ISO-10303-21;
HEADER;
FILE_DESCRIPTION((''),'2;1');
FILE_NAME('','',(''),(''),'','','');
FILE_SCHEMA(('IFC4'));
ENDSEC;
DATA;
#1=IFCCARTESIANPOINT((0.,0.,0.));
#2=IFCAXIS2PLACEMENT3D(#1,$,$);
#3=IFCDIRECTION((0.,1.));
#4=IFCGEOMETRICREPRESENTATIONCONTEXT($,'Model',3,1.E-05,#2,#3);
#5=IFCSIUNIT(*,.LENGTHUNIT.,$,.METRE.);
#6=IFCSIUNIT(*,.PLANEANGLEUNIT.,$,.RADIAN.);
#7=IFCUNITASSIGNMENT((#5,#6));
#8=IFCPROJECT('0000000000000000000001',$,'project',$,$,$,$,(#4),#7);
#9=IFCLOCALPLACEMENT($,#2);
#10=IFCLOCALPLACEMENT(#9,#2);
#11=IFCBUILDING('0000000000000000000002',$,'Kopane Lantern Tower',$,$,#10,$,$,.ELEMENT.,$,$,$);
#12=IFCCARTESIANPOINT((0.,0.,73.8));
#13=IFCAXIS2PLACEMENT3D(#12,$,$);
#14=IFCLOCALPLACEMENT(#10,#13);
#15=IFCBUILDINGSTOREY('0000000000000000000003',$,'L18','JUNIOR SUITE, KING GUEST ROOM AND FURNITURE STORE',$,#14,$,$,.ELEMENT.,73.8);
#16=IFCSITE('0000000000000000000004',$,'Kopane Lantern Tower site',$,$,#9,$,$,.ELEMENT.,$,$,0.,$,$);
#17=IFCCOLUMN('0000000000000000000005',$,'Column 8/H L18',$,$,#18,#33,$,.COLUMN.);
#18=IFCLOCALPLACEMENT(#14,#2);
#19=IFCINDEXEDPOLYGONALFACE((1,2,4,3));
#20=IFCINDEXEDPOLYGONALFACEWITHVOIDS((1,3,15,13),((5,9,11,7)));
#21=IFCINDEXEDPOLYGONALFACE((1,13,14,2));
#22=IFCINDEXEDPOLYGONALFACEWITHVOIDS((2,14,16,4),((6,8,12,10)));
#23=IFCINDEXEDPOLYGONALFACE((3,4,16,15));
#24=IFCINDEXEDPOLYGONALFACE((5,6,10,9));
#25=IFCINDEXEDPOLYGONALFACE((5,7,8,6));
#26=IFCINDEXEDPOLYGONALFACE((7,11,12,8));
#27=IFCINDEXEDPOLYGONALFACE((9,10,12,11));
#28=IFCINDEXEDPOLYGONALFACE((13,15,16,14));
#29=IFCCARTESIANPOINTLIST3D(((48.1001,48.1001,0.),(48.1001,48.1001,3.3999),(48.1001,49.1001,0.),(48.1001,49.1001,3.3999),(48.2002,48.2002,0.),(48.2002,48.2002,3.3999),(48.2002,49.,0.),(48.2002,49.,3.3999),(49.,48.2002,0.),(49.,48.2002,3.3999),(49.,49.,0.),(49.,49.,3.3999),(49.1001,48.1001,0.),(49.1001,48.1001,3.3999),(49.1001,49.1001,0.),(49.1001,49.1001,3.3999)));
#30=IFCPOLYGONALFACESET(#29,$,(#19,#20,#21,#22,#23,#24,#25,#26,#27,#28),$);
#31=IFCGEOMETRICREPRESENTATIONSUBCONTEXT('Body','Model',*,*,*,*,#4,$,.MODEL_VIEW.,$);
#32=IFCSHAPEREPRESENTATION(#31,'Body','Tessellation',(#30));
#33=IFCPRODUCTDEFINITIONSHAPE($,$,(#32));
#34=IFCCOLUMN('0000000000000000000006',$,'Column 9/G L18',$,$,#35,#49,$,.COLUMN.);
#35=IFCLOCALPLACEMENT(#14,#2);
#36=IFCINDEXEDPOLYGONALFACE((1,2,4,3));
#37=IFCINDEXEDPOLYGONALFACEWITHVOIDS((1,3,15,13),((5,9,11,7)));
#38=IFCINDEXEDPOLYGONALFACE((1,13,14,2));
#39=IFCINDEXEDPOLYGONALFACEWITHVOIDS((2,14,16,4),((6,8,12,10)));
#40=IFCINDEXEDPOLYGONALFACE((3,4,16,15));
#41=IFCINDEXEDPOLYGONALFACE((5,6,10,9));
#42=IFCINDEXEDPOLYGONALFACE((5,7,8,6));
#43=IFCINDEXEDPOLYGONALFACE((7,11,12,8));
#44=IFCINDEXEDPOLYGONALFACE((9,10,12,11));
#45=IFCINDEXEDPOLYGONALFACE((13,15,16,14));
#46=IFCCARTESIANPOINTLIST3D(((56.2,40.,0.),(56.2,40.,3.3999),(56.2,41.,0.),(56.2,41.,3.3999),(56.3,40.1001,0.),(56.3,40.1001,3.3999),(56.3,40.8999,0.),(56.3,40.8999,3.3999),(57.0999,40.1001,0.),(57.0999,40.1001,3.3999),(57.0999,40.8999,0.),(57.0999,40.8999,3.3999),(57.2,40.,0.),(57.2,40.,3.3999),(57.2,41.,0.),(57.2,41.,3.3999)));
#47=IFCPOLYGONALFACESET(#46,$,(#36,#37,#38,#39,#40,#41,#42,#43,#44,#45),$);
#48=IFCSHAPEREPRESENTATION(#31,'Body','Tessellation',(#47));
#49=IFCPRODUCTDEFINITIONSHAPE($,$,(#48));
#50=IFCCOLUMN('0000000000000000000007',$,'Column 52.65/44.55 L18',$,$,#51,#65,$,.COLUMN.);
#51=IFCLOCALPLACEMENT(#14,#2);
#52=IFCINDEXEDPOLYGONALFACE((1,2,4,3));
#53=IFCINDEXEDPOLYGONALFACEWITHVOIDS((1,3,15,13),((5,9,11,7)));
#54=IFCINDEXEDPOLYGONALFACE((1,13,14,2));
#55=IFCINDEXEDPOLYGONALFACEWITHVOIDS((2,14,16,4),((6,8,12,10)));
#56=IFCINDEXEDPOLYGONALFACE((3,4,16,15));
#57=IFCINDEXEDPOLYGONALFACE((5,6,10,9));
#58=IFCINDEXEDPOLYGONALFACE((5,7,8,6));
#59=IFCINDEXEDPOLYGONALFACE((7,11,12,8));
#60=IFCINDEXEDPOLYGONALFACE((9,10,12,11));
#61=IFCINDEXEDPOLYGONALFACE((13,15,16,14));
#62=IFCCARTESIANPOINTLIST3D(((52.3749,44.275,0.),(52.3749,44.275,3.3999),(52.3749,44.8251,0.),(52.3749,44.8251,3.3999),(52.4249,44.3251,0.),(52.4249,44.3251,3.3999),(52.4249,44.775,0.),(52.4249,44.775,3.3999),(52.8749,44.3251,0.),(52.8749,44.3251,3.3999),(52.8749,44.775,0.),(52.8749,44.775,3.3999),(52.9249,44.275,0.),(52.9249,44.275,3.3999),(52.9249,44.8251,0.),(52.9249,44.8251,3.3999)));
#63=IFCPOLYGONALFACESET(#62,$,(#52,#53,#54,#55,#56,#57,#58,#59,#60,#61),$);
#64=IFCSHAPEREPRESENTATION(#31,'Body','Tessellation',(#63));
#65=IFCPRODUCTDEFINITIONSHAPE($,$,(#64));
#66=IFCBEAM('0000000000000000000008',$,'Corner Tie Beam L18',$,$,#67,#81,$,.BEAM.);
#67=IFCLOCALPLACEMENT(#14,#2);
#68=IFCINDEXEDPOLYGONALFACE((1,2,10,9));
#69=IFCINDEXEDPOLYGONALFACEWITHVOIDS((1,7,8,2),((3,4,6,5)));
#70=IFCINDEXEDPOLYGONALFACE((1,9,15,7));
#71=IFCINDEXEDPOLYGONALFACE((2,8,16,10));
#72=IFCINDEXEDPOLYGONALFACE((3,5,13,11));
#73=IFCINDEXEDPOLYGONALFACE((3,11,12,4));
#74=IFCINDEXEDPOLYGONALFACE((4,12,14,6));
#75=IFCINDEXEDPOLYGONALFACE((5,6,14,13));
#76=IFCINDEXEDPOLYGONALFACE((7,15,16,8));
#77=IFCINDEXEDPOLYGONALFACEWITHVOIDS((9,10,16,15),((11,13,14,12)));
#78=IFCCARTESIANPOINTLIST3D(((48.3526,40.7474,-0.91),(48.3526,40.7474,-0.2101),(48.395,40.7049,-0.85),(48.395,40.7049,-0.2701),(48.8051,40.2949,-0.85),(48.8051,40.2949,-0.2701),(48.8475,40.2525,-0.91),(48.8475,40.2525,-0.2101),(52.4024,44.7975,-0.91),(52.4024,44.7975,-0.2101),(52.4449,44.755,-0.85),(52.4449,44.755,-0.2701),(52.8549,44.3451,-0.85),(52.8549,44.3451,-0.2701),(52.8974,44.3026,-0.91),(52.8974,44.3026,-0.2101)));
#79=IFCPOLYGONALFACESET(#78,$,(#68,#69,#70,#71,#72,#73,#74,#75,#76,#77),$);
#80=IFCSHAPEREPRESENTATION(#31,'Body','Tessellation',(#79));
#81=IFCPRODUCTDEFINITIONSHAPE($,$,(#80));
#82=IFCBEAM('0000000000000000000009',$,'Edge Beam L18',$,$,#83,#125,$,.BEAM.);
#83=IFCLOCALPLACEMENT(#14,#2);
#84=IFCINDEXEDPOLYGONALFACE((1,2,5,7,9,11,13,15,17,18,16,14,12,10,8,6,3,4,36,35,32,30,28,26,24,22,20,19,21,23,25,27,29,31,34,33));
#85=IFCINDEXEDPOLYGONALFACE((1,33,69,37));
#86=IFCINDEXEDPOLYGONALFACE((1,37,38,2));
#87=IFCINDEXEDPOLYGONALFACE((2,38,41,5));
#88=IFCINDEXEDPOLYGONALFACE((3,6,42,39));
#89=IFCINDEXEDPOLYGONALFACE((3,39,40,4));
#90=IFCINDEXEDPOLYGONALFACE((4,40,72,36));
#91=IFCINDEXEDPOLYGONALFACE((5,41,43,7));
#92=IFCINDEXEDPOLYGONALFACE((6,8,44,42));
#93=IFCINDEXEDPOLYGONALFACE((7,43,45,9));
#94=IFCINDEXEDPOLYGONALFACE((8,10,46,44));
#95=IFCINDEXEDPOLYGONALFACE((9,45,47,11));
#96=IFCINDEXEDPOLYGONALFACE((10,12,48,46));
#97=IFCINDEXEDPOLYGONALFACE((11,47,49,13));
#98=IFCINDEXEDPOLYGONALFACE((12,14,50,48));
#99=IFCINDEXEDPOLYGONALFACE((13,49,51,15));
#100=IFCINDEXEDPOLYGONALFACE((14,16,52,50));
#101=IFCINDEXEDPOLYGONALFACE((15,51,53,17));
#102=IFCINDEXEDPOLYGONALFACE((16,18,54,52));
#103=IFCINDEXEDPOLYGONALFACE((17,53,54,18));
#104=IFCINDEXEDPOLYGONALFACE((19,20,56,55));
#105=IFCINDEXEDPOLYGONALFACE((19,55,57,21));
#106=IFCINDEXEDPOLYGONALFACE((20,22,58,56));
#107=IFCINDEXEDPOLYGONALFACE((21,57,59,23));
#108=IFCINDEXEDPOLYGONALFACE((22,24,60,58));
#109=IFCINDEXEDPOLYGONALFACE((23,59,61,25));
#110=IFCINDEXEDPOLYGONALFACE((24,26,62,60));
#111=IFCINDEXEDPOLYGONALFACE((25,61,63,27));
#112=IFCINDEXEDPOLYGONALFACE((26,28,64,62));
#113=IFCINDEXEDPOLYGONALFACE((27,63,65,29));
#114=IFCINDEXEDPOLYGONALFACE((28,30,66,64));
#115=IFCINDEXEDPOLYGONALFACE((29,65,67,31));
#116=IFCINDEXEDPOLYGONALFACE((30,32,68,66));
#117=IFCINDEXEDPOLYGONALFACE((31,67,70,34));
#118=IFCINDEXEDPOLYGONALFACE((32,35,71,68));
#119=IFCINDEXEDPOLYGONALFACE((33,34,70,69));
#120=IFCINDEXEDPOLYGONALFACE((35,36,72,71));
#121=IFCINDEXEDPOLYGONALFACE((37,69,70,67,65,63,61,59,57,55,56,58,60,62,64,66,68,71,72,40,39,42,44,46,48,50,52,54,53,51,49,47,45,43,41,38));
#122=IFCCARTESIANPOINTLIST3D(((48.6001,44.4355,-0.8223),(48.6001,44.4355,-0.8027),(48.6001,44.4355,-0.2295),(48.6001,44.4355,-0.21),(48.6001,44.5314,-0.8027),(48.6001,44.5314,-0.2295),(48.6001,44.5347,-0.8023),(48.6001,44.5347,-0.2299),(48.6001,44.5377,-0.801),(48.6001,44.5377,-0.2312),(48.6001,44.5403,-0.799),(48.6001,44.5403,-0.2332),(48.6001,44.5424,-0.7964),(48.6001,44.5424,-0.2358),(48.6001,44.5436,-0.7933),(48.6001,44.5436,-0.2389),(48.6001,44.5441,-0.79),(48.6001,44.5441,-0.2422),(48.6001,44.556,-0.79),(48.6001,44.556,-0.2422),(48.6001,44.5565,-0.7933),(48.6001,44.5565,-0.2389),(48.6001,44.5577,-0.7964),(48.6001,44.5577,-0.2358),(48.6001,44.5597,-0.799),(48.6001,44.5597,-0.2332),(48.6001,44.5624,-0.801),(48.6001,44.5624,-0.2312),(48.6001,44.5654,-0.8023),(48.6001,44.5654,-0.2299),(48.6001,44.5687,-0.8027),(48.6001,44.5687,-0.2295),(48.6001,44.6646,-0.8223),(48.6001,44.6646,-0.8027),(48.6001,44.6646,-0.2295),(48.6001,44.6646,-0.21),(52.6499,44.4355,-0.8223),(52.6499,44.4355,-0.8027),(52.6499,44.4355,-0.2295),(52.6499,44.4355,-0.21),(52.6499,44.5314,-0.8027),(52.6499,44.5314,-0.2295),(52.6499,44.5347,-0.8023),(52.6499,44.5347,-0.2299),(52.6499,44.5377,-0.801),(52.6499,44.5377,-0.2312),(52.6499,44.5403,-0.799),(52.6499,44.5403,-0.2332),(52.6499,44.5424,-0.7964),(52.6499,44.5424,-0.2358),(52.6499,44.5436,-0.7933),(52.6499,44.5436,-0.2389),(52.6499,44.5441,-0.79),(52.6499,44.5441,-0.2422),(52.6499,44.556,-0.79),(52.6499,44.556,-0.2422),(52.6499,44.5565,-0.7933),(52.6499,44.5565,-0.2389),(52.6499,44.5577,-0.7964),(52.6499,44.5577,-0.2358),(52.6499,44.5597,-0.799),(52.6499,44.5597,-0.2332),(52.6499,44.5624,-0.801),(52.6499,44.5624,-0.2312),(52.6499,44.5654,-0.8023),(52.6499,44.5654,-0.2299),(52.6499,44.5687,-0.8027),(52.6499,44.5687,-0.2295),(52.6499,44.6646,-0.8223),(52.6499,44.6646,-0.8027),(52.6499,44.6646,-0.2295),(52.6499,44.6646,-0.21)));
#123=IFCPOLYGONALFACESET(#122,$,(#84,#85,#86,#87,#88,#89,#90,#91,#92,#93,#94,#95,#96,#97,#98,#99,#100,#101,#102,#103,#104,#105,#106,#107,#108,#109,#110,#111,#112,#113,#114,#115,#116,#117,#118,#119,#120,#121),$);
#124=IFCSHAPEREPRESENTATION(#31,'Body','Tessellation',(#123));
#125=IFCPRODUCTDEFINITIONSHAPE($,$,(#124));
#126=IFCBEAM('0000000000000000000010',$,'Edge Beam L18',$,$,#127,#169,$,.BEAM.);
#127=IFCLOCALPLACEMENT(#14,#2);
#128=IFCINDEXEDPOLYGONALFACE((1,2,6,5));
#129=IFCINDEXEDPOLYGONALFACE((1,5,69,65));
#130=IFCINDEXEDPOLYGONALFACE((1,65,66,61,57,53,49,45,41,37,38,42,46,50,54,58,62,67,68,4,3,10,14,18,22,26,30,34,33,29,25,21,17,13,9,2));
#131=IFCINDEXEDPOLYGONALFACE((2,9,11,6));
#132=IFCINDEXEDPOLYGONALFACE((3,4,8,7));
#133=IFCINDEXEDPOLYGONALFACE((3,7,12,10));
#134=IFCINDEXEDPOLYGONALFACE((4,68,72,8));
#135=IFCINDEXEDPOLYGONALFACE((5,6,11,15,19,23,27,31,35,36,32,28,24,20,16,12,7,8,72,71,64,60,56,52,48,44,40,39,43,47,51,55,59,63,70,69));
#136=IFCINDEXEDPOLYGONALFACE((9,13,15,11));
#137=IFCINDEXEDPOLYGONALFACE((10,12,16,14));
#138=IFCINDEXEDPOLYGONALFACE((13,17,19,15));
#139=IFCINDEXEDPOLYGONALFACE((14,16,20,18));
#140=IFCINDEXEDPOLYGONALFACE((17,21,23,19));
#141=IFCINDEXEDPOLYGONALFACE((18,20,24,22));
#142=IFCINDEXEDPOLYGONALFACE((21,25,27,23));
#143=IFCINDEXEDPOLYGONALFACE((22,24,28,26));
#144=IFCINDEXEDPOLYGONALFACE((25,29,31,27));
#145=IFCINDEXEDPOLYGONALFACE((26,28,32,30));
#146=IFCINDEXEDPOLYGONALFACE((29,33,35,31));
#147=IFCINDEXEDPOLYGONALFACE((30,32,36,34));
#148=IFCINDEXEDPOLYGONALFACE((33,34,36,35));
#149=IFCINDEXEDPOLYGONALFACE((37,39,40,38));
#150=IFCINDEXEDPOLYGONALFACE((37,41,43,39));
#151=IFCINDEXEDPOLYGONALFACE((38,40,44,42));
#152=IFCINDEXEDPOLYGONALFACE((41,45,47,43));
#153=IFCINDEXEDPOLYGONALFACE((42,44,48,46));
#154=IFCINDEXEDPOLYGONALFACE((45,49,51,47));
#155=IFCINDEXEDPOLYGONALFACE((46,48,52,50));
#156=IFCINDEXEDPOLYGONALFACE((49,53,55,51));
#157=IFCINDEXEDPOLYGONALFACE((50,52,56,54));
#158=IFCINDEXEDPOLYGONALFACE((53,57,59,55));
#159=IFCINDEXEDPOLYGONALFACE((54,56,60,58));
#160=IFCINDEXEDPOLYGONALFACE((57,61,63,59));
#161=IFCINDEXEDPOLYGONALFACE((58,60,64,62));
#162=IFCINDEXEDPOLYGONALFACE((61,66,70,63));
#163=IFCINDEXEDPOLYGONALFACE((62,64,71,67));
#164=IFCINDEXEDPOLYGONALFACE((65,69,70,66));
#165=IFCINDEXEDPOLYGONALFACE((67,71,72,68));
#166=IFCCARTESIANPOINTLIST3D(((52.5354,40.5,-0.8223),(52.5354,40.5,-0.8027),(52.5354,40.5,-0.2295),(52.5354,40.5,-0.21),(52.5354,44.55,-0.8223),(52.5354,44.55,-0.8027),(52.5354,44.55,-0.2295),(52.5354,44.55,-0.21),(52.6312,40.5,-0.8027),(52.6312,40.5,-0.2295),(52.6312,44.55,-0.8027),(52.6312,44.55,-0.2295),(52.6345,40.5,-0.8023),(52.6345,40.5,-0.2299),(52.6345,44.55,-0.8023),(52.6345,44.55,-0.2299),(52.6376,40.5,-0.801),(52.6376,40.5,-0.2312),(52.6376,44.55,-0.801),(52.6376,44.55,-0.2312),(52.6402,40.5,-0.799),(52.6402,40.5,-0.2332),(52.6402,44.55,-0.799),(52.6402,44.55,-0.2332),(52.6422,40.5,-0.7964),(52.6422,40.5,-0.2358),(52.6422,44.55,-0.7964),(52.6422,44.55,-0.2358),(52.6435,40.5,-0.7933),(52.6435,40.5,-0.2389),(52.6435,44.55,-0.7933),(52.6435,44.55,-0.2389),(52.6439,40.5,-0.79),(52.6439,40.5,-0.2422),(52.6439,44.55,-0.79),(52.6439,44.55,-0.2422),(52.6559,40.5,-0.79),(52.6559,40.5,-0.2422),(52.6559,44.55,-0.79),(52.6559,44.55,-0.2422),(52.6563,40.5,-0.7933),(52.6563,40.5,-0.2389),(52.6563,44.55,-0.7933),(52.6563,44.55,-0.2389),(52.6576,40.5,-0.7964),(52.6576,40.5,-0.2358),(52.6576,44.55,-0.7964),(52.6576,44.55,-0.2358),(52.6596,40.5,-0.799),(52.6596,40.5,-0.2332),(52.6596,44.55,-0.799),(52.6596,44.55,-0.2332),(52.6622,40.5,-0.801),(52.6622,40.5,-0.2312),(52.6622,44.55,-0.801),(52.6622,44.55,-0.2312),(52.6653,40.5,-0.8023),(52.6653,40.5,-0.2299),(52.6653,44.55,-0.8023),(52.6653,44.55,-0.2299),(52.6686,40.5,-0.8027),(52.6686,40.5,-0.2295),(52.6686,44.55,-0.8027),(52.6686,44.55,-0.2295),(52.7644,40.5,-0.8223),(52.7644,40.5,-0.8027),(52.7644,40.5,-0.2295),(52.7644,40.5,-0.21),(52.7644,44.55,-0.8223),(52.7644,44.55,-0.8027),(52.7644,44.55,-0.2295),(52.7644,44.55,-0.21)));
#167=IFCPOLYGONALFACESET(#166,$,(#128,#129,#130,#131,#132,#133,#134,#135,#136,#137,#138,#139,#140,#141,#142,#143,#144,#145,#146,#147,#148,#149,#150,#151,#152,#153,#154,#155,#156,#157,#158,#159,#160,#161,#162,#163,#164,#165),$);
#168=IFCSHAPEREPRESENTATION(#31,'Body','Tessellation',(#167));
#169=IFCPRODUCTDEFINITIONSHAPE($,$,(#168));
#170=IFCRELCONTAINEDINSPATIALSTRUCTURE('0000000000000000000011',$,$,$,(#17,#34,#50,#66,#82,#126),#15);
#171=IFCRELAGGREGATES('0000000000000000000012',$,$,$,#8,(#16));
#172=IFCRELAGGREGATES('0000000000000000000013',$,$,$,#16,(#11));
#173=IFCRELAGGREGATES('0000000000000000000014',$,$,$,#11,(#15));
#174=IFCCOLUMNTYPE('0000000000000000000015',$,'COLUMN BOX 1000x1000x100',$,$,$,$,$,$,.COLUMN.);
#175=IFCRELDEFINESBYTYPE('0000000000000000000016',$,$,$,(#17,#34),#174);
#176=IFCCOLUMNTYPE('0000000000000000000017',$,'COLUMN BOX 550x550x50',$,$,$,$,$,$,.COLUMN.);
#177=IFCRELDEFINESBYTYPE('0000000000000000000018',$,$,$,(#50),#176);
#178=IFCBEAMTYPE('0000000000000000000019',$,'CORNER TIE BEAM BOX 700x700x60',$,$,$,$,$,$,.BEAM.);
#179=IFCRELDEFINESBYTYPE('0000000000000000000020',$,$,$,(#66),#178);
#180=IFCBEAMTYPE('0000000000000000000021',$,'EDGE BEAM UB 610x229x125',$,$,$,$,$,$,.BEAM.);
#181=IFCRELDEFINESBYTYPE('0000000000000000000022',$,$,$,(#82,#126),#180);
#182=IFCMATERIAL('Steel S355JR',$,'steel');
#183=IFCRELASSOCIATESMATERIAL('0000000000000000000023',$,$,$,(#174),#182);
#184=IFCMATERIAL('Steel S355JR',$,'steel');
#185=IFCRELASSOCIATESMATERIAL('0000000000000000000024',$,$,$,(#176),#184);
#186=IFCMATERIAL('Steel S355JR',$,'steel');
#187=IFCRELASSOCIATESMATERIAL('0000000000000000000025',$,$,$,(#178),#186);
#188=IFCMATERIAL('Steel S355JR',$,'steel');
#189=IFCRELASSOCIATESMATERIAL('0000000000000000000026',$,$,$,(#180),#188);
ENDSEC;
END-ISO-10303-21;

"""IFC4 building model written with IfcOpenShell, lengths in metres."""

from ifc_helpers import new_model, si_unit, direction, frame, origin, origin_2d, place, context, subcontext, project, spatial, hollow_rectangle, i_section, extrude, material, material_profile, profile_set, type_object, element, save


model = new_model("IFC4")

# Units and contexts
model_context = context("Model", 3, precision=1e-05, world=origin(), true_north=direction((0.0, 1.0)))
body_context = subcontext(model_context, "Body", "Model", "MODEL_VIEW")
ifc_project = project(units=[si_unit("LENGTHUNIT", "METRE"), si_unit("PLANEANGLEUNIT", "RADIAN")], contexts=[model_context])

# Site, building, storey
site_placement = place(None, origin())
site = spatial("IfcSite", under=ifc_project, at=site_placement, Name="Kopane Lantern Tower site", CompositionType="ELEMENT", RefElevation=0.0)
building_placement = place(site_placement, origin())
building = spatial("IfcBuilding", under=site, at=building_placement, Name="Kopane Lantern Tower", CompositionType="ELEMENT")
storey_placement = place(building_placement, frame((0.0, 0.0, 73.8)))
storey = spatial("IfcBuildingStorey", under=building, at=storey_placement, Name="L18", Description="JUNIOR SUITE, KING GUEST ROOM AND FURNITURE STORE", CompositionType="ELEMENT", Elevation=73.8)

# Columns
ifc_material_1 = material(Name="Steel S355JR", Category="steel")
ifc_material_profile_1 = material_profile(ifc_material_1, hollow_rectangle(XDim=1.0, YDim=1.0, WallThickness=0.1001, at=origin_2d()), Name="BOX 1000x1000x100")
ifc_profile_set_1 = profile_set([ifc_material_profile_1], Name="Steel S355JR")
column_type_1 = type_object("IfcColumnType", Name="COLUMN BOX 1000x1000x100", PredefinedType="COLUMN", material=ifc_profile_set_1)
for number, where, z_axis, x_axis, name in (
    (1, (48.6001, 48.6001, 0.0), (0.0, 0.0, 1.0), (1.0, 0.0, 0.0), "Column 8/H L18"),
    (2, (56.7, 40.5, 0.0), (0.0, 0.0, 1.0), (1.0, 0.0, 0.0), "Column 9/G L18"),
):
    element("IfcColumn", number, at=place(storey_placement, frame(where, z_axis=z_axis, x_axis=x_axis)), inside=storey, type_object=column_type_1, Name=name, PredefinedType="COLUMN", context=body_context, shape_type="SweptSolid", body=[
        extrude(hollow_rectangle(XDim=1.0, YDim=1.0, WallThickness=0.1001, at=origin_2d()), origin(), (0.0, 0.0, 1.0), 3.3999),
    ])
ifc_material_2 = material(Name="Steel S355JR", Category="steel")
ifc_material_profile_2 = material_profile(ifc_material_2, hollow_rectangle(XDim=0.55, YDim=0.55, WallThickness=0.05, at=origin_2d()), Name="BOX 550x550x50")
ifc_profile_set_2 = profile_set([ifc_material_profile_2], Name="Steel S355JR")
column_type_2 = type_object("IfcColumnType", Name="COLUMN BOX 550x550x50", PredefinedType="COLUMN", material=ifc_profile_set_2)
column_placement = place(storey_placement, frame((52.6499, 44.55, 0.0), z_axis=(0.0, 0.0, 1.0), x_axis=(1.0, 0.0, 0.0)))
element("IfcColumn", 3, at=column_placement, inside=storey, type_object=column_type_2, Name="Column 52.65/44.55 L18", PredefinedType="COLUMN", context=body_context, shape_type="SweptSolid", body=[
    extrude(hollow_rectangle(XDim=0.55, YDim=0.55, WallThickness=0.05, at=origin_2d()), origin(), (0.0, 0.0, 1.0), 3.3999),
])

# Beams
ifc_material_3 = material(Name="Steel S355JR", Category="steel")
ifc_material_profile_3 = material_profile(ifc_material_3, hollow_rectangle(XDim=0.7, YDim=0.7, WallThickness=0.0601, at=origin_2d()), Name="BOX 700x700x60")
ifc_profile_set_3 = profile_set([ifc_material_profile_3], Name="Steel S355JR")
beam_type_1 = type_object("IfcBeamType", Name="CORNER TIE BEAM BOX 700x700x60", PredefinedType="BEAM", material=ifc_profile_set_3)
beam_1_placement = place(storey_placement, frame((52.6499, 44.55, -0.5601), z_axis=(-0.707085, -0.707128, 0.0), x_axis=(0.707128, -0.707085, 0.0)))
element("IfcBeam", 4, at=beam_1_placement, inside=storey, type_object=beam_type_1, Name="Corner Tie Beam L18", PredefinedType="BEAM", context=body_context, shape_type="SweptSolid", body=[
    extrude(hollow_rectangle(XDim=0.7, YDim=0.7, WallThickness=0.0601, at=origin_2d()), origin(), (0.0, 0.0, 1.0), 5.7275),
])
ifc_material_4 = material(Name="Steel S355JR", Category="steel")
ifc_material_profile_4 = material_profile(ifc_material_4, i_section(OverallWidth=0.229, OverallDepth=0.6123, WebThickness=0.012, FlangeThickness=0.0195, FilletRadius=0.0127, at=origin_2d()), Name="UB 610x229x125")
ifc_profile_set_4 = profile_set([ifc_material_profile_4], Name="Steel S355JR")
beam_type_2 = type_object("IfcBeamType", Name="EDGE BEAM UB 610x229x125", PredefinedType="BEAM", material=ifc_profile_set_4)
beam_2_placement = place(storey_placement, frame((52.6499, 44.55, -0.5161), z_axis=(-1.0, 0.0, 0.0), x_axis=(0.0, -1.0, 0.0)))
element("IfcBeam", 5, at=beam_2_placement, inside=storey, type_object=beam_type_2, Name="Edge Beam L18", PredefinedType="BEAM", context=body_context, shape_type="SweptSolid", body=[
    extrude(i_section(OverallWidth=0.229, OverallDepth=0.6123, WebThickness=0.012, FlangeThickness=0.0195, FilletRadius=0.0127, at=origin_2d()), origin(), (0.0, 0.0, 1.0), 4.0498),
])
beam_3_placement = place(storey_placement, frame((52.6499, 44.55, -0.5161), z_axis=(0.0, -1.0, 0.0), x_axis=(1.0, 0.0, 0.0)))
element("IfcBeam", 6, at=beam_3_placement, inside=storey, type_object=beam_type_2, Name="Edge Beam L18", PredefinedType="BEAM", context=body_context, shape_type="SweptSolid", body=[
    extrude(i_section(OverallWidth=0.229, OverallDepth=0.6123, WebThickness=0.012, FlangeThickness=0.0195, FilletRadius=0.0127, at=origin_2d()), origin(), (0.0, 0.0, 1.0), 4.05),
])

save(model, "model.ifc")
